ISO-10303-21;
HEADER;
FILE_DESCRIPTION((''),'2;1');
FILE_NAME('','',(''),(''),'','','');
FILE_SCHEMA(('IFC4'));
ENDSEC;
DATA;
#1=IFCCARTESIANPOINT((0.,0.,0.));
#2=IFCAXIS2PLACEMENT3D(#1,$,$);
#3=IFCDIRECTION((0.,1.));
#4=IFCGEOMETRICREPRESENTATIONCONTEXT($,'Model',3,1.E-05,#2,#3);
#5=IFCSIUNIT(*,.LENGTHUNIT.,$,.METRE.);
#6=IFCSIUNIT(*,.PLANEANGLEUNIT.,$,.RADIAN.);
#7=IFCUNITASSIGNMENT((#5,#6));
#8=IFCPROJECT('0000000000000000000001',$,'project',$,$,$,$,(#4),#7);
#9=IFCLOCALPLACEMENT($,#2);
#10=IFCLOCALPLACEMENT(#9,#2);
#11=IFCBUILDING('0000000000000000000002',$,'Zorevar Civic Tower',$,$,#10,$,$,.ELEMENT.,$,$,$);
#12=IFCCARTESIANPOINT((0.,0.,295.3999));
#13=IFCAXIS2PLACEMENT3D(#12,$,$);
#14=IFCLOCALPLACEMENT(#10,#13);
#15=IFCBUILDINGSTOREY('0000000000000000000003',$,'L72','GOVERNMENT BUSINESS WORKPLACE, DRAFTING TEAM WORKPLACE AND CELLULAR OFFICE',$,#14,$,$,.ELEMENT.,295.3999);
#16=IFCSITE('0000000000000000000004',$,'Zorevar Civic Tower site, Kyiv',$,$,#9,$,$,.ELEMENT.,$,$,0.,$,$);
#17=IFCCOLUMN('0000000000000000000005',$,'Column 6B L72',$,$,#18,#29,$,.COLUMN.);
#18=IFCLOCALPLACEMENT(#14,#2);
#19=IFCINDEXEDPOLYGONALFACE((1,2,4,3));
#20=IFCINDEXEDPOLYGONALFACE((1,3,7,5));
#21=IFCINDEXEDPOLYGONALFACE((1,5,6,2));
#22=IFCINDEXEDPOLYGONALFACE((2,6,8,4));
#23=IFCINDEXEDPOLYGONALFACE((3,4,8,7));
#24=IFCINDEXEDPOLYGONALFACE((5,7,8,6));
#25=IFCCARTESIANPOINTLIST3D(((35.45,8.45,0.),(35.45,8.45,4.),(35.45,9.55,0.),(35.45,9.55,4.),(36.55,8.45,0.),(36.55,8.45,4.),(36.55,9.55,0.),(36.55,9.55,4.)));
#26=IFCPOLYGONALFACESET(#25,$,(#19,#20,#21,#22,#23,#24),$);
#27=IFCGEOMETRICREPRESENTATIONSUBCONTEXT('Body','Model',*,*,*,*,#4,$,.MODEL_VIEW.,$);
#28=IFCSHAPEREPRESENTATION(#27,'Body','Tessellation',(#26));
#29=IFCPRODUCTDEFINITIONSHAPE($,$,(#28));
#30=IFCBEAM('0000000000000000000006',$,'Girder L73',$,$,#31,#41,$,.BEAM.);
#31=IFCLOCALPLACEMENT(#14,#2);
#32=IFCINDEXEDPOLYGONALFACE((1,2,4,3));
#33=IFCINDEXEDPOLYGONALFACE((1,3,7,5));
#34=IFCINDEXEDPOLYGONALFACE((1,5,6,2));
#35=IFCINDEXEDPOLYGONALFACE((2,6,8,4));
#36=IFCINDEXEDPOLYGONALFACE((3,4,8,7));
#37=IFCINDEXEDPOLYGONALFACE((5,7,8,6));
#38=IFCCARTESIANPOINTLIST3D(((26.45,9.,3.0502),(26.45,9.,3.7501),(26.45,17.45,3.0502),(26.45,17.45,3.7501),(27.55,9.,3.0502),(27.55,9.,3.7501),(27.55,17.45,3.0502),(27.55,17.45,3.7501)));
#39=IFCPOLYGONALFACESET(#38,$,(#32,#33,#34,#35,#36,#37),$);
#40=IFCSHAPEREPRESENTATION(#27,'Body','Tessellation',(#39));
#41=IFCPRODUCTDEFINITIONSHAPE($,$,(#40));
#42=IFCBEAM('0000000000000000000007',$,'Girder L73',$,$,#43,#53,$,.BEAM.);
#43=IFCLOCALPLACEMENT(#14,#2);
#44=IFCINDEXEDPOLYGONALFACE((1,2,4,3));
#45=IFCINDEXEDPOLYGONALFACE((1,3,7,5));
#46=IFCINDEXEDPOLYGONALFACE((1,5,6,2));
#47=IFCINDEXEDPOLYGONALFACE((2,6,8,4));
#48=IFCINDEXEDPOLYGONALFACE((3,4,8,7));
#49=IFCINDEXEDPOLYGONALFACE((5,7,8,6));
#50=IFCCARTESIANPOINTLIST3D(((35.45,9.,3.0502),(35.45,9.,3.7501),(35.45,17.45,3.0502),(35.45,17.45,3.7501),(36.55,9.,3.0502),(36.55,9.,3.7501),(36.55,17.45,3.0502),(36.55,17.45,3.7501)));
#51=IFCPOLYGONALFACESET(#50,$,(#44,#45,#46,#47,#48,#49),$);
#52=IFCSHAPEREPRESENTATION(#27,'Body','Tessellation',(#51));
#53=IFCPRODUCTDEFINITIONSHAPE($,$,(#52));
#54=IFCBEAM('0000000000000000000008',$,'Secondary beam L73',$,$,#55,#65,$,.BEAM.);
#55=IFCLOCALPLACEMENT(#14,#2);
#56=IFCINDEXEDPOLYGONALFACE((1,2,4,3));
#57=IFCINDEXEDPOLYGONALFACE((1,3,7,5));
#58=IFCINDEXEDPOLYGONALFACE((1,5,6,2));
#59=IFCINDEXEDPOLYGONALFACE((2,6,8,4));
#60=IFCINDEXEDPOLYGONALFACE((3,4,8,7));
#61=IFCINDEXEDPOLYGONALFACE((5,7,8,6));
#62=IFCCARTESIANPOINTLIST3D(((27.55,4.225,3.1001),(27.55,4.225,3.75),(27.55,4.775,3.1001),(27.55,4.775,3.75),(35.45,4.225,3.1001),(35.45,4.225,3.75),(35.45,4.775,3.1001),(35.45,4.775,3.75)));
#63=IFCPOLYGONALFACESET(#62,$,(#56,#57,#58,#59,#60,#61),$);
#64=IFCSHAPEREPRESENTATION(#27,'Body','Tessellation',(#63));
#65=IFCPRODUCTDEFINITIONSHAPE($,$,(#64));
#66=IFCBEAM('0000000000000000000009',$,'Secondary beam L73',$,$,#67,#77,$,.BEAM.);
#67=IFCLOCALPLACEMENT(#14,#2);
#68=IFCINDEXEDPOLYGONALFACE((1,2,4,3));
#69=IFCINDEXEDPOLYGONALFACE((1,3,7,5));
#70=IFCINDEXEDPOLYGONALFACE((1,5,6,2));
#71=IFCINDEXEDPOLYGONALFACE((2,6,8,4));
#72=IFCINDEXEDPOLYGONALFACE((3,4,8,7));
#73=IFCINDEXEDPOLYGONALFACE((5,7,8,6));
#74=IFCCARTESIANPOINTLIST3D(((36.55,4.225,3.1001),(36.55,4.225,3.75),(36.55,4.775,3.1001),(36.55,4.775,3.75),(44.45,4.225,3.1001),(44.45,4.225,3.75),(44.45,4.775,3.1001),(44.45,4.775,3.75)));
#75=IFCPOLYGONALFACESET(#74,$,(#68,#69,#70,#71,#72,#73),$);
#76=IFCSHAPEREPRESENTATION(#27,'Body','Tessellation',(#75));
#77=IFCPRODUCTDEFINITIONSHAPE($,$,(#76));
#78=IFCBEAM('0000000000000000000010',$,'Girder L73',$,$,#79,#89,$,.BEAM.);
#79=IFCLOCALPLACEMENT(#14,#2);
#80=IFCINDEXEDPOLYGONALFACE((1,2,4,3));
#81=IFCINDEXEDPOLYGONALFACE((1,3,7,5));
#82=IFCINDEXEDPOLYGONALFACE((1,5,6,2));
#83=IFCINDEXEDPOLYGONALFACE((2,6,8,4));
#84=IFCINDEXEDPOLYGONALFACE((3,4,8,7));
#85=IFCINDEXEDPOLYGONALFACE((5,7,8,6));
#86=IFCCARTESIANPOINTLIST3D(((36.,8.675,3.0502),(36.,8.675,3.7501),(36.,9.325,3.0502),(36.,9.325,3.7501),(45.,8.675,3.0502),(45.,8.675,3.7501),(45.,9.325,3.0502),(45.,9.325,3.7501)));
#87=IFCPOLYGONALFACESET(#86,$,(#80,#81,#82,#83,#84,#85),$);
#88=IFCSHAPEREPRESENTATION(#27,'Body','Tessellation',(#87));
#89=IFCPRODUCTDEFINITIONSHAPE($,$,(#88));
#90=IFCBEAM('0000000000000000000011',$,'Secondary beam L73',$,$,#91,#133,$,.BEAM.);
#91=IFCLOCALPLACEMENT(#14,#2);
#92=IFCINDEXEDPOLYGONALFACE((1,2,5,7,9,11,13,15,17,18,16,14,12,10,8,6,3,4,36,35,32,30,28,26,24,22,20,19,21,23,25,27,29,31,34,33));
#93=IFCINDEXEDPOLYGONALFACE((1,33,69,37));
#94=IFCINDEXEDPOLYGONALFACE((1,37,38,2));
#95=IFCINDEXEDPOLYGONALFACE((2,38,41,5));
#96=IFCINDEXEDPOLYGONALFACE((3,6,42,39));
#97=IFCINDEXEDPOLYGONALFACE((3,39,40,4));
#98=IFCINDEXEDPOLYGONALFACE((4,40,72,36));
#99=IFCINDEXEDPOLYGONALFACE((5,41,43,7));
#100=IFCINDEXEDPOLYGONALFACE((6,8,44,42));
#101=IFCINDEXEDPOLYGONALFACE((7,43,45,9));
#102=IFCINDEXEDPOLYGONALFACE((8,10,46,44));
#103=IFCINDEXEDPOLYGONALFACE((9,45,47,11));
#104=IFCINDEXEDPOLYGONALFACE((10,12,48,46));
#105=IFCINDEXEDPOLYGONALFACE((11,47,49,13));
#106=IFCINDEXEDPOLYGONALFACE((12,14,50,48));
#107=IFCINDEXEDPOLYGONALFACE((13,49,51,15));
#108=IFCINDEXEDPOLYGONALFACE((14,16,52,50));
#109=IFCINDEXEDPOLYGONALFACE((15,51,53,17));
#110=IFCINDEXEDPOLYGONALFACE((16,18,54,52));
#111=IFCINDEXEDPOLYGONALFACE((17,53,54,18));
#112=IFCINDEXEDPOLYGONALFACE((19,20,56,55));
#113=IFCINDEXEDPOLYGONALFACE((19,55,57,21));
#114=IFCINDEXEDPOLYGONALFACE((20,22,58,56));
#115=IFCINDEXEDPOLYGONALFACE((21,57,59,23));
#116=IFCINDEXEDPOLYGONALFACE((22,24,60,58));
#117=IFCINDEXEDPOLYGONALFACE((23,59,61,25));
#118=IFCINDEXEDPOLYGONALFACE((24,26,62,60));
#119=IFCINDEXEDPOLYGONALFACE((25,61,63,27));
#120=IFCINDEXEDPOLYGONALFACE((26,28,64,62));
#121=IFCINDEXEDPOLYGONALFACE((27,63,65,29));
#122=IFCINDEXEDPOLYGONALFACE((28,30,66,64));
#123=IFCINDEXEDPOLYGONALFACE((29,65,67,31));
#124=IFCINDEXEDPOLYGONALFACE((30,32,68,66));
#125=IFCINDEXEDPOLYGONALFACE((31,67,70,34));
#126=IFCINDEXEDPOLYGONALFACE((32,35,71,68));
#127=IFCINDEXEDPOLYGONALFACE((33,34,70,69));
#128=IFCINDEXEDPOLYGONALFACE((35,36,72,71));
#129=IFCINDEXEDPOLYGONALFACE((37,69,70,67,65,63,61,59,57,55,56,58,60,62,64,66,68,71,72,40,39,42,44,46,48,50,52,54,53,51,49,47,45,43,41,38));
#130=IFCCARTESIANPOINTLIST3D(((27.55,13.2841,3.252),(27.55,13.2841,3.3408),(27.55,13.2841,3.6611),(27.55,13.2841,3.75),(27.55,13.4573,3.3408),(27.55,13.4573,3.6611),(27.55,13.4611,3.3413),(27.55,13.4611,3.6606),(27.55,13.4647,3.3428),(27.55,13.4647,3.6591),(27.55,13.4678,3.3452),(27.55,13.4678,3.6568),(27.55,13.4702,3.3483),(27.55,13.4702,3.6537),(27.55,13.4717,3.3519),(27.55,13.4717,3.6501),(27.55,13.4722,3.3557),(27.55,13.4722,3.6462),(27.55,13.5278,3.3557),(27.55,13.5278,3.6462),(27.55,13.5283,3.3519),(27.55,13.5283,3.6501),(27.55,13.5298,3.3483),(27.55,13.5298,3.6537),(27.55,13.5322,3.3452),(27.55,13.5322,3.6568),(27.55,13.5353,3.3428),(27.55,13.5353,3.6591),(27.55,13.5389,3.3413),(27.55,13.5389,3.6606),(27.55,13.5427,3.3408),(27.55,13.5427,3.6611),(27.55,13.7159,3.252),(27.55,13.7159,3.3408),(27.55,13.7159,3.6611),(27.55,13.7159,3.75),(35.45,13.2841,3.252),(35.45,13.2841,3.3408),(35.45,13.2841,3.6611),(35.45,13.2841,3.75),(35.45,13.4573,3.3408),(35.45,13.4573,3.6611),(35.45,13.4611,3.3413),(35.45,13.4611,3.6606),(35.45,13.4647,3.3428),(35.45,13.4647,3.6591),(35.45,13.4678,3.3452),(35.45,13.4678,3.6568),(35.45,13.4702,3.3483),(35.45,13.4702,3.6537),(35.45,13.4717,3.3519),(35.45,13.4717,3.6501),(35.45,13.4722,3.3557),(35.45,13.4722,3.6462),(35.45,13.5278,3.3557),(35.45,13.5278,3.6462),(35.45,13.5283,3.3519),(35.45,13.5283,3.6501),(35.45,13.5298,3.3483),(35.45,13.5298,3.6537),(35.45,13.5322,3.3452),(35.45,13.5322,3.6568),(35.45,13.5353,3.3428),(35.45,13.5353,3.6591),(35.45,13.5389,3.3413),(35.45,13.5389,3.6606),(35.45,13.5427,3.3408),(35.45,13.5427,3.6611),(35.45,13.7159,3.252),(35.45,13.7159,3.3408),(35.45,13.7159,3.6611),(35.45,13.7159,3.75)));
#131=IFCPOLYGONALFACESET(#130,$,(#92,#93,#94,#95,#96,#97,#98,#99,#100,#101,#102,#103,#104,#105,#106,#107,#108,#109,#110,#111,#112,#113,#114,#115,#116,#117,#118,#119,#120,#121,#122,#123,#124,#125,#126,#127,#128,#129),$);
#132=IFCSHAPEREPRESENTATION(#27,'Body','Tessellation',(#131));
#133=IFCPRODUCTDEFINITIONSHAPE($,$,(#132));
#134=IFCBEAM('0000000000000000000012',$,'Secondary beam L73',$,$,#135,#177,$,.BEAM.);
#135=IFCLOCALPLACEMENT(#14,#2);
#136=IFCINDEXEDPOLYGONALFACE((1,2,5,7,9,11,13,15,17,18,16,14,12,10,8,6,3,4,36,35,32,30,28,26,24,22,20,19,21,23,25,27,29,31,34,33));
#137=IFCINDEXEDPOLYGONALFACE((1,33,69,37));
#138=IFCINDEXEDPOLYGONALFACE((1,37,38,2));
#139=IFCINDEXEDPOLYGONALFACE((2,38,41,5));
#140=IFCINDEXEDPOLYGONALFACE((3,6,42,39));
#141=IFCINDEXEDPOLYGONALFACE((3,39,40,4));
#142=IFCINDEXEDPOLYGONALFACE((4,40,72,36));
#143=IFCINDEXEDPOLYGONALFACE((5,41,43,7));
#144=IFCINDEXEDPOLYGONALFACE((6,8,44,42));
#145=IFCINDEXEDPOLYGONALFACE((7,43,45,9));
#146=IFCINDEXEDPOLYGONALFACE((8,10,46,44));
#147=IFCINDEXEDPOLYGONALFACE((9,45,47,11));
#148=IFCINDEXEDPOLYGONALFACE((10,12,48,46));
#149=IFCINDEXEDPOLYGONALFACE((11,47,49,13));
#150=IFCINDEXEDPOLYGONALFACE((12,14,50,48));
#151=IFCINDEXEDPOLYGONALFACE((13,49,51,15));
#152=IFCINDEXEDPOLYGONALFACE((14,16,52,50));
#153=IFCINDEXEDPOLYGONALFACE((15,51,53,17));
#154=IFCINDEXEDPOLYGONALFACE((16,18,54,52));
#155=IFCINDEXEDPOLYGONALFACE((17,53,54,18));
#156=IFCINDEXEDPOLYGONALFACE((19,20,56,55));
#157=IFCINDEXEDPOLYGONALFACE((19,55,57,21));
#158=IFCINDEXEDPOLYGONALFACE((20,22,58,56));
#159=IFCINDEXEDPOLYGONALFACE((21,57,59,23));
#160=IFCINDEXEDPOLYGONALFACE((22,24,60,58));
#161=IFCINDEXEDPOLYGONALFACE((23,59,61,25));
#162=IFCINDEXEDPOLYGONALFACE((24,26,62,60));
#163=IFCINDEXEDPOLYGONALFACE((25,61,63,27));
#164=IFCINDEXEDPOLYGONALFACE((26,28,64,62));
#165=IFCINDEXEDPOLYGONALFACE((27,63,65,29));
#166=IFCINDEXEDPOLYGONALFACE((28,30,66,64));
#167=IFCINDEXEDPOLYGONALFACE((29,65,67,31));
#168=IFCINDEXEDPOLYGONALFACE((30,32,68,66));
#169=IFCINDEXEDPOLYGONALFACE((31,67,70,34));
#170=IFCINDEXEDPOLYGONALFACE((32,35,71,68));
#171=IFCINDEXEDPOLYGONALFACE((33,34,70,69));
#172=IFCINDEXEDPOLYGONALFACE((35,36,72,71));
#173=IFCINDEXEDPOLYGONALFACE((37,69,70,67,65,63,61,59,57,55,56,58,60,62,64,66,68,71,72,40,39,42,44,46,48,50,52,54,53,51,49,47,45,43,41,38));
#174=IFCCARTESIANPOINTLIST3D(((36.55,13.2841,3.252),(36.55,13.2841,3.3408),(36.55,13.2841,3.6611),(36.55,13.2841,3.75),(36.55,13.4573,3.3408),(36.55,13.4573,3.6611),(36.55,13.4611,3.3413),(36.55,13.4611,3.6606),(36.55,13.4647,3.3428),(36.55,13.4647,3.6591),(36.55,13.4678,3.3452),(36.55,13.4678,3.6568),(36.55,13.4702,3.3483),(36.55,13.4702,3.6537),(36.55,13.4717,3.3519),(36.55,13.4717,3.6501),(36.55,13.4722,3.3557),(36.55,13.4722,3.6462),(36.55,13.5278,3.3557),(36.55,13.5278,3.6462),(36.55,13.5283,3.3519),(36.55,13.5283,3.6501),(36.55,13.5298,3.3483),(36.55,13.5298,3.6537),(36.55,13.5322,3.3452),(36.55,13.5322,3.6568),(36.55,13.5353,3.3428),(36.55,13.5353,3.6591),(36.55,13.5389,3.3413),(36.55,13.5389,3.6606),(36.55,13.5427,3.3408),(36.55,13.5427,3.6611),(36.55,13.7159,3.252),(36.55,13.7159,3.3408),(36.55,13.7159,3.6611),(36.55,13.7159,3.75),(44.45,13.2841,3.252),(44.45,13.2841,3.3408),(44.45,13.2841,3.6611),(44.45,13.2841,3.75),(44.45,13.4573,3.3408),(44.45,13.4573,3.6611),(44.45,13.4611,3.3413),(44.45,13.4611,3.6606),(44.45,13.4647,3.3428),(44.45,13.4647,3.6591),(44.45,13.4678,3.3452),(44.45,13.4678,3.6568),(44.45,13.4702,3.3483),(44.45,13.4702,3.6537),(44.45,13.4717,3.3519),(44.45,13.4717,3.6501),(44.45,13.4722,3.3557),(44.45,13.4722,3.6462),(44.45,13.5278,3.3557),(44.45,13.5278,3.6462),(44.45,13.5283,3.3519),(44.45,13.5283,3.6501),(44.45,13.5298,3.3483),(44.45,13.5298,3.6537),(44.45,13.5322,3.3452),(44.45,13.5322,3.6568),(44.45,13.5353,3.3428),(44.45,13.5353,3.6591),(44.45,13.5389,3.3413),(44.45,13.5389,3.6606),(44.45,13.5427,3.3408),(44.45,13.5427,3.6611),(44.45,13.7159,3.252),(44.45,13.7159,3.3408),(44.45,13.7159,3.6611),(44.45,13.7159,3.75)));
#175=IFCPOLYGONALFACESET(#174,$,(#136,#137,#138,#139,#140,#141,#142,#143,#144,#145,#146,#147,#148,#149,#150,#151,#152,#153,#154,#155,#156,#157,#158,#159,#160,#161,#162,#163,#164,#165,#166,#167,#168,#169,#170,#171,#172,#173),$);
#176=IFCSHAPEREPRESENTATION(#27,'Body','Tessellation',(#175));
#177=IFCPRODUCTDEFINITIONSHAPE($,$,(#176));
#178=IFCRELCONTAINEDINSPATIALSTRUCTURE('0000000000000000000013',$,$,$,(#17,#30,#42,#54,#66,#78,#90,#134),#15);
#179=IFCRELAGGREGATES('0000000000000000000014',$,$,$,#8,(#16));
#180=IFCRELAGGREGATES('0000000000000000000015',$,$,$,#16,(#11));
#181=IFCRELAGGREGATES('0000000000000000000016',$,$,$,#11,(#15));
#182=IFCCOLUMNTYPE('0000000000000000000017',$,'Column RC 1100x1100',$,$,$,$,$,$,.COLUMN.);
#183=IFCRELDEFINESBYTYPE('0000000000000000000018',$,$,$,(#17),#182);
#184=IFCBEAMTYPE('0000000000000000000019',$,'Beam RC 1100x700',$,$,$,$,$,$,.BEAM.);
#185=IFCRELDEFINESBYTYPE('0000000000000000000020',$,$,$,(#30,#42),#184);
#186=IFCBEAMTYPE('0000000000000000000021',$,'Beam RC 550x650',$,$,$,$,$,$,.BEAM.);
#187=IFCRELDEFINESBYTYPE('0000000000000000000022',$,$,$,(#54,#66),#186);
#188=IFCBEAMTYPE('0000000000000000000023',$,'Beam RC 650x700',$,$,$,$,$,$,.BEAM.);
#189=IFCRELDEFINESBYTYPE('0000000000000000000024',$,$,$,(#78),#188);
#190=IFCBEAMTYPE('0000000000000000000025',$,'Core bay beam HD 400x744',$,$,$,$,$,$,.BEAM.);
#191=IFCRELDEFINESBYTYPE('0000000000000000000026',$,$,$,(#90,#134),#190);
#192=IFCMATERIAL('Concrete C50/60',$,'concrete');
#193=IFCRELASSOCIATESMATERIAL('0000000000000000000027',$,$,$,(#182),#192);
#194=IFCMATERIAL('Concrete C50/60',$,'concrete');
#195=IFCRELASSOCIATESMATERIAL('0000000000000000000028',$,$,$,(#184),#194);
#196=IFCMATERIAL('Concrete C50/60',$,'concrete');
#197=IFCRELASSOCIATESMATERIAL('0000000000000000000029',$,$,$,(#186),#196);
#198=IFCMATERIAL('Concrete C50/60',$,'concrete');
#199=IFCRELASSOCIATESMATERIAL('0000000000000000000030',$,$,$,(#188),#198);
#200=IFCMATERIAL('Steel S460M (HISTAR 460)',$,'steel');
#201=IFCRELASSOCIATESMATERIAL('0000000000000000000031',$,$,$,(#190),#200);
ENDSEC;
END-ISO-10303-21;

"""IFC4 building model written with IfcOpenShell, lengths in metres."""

from ifc_helpers import new_model, si_unit, direction, frame, origin, origin_2d, place, context, subcontext, project, spatial, rectangle, i_section, extrude, material, material_profile, profile_set, type_object, element, save


model = new_model("IFC4")

# Units and contexts
model_context = context("Model", 3, precision=1e-05, world=origin(), true_north=direction((0.0, 1.0)))
body_context = subcontext(model_context, "Body", "Model", "MODEL_VIEW")
ifc_project = project(units=[si_unit("LENGTHUNIT", "METRE"), si_unit("PLANEANGLEUNIT", "RADIAN")], contexts=[model_context])

# Site, building, storey
site_placement = place(None, origin())
site = spatial("IfcSite", under=ifc_project, at=site_placement, Name="Zorevar Civic Tower site, Kyiv", CompositionType="ELEMENT", RefElevation=0.0)
building_placement = place(site_placement, origin())
building = spatial("IfcBuilding", under=site, at=building_placement, Name="Zorevar Civic Tower", CompositionType="ELEMENT")
storey_placement = place(building_placement, frame((0.0, 0.0, 295.3999)))
storey = spatial("IfcBuildingStorey", under=building, at=storey_placement, Name="L72", Description="GOVERNMENT BUSINESS WORKPLACE, DRAFTING TEAM WORKPLACE AND CELLULAR OFFICE", CompositionType="ELEMENT", Elevation=295.3999)

# Column
ifc_material_1 = material(Name="Concrete C50/60", Category="concrete")
ifc_material_profile_1 = material_profile(ifc_material_1, rectangle(XDim=1.1001, YDim=1.1001, at=origin_2d()), Name="RC 1100x1100")
ifc_profile_set_1 = profile_set([ifc_material_profile_1], Name="Concrete C50/60")
column_type = type_object("IfcColumnType", Name="Column RC 1100x1100", PredefinedType="COLUMN", material=ifc_profile_set_1)
column_placement = place(storey_placement, frame((36.0, 9.0, 0.0), z_axis=(0.0, 0.0, 1.0), x_axis=(1.0, 0.0, 0.0)))
element("IfcColumn", 1, at=column_placement, inside=storey, type_object=column_type, Name="Column 6B L72", PredefinedType="COLUMN", context=body_context, shape_type="SweptSolid", body=[
    extrude(rectangle(XDim=1.1001, YDim=1.1001, at=origin_2d()), origin(), (0.0, 0.0, 1.0), 4.0),
])

# Beams
ifc_material_2 = material(Name="Concrete C50/60", Category="concrete")
ifc_material_profile_2 = material_profile(ifc_material_2, rectangle(XDim=1.1001, YDim=0.7, at=origin_2d()), Name="RC 1100x700")
ifc_profile_set_2 = profile_set([ifc_material_profile_2], Name="Concrete C50/60")
beam_type_1 = type_object("IfcBeamType", Name="Beam RC 1100x700", PredefinedType="BEAM", material=ifc_profile_set_2)
for number, where, z_axis, x_axis, name in (
    (2, (27.0, 9.0, 3.4001), (0.0, 1.0, 0.0), (-1.0, 0.0, 0.0), "Girder L73"),
    (3, (36.0, 9.0, 3.4001), (0.0, 1.0, 0.0), (-1.0, 0.0, 0.0), "Girder L73"),
):
    element("IfcBeam", number, at=place(storey_placement, frame(where, z_axis=z_axis, x_axis=x_axis)), inside=storey, type_object=beam_type_1, Name=name, PredefinedType="BEAM", context=body_context, shape_type="SweptSolid", body=[
        extrude(rectangle(XDim=1.1001, YDim=0.7, at=origin_2d()), origin(), (0.0, 0.0, 1.0), 8.45),
    ])
ifc_material_3 = material(Name="Concrete C50/60", Category="concrete")
ifc_material_profile_3 = material_profile(ifc_material_3, rectangle(XDim=0.55, YDim=0.6499, at=origin_2d()), Name="RC 550x650")
ifc_profile_set_3 = profile_set([ifc_material_profile_3], Name="Concrete C50/60")
beam_type_2 = type_object("IfcBeamType", Name="Beam RC 550x650", PredefinedType="BEAM", material=ifc_profile_set_3)
for number, where, z_axis, x_axis, name in (
    (4, (27.55, 4.5, 3.425), (1.0, 0.0, 0.0), (0.0, 1.0, 0.0), "Secondary beam L73"),
    (5, (36.55, 4.5, 3.425), (1.0, 0.0, 0.0), (0.0, 1.0, 0.0), "Secondary beam L73"),
):
    element("IfcBeam", number, at=place(storey_placement, frame(where, z_axis=z_axis, x_axis=x_axis)), inside=storey, type_object=beam_type_2, Name=name, PredefinedType="BEAM", context=body_context, shape_type="SweptSolid", body=[
        extrude(rectangle(XDim=0.55, YDim=0.6499, at=origin_2d()), origin(), (0.0, 0.0, 1.0), 7.8999),
    ])
ifc_material_4 = material(Name="Concrete C50/60", Category="concrete")
ifc_material_profile_4 = material_profile(ifc_material_4, rectangle(XDim=0.6499, YDim=0.7, at=origin_2d()), Name="RC 650x700")
ifc_profile_set_4 = profile_set([ifc_material_profile_4], Name="Concrete C50/60")
beam_type_3 = type_object("IfcBeamType", Name="Beam RC 650x700", PredefinedType="BEAM", material=ifc_profile_set_4)
beam_placement = place(storey_placement, frame((36.0, 9.0, 3.4001), z_axis=(1.0, 0.0, 0.0), x_axis=(0.0, 1.0, 0.0)))
element("IfcBeam", 6, at=beam_placement, inside=storey, type_object=beam_type_3, Name="Girder L73", PredefinedType="BEAM", context=body_context, shape_type="SweptSolid", body=[
    extrude(rectangle(XDim=0.6499, YDim=0.7, at=origin_2d()), origin(), (0.0, 0.0, 1.0), 9.0),
])
ifc_material_5 = material(Name="Steel S460M (HISTAR 460)", Category="steel")
ifc_material_profile_5 = material_profile(ifc_material_5, i_section(OverallWidth=0.4319, OverallDepth=0.498, WebThickness=0.0557, FlangeThickness=0.0889, FilletRadius=0.0149, at=origin_2d()), Name="HD 400x744")
ifc_profile_set_5 = profile_set([ifc_material_profile_5], Name="Steel S460M (HISTAR 460)")
beam_type_4 = type_object("IfcBeamType", Name="Core bay beam HD 400x744", PredefinedType="BEAM", material=ifc_profile_set_5)
for number, where, z_axis, x_axis, name in (
    (7, (27.55, 13.5, 3.501), (1.0, 0.0, 0.0), (0.0, 1.0, 0.0), "Secondary beam L73"),
    (8, (36.55, 13.5, 3.501), (1.0, 0.0, 0.0), (0.0, 1.0, 0.0), "Secondary beam L73"),
):
    element("IfcBeam", number, at=place(storey_placement, frame(where, z_axis=z_axis, x_axis=x_axis)), inside=storey, type_object=beam_type_4, Name=name, PredefinedType="BEAM", context=body_context, shape_type="SweptSolid", body=[
        extrude(i_section(OverallWidth=0.4319, OverallDepth=0.498, WebThickness=0.0557, FlangeThickness=0.0889, FilletRadius=0.0149, at=origin_2d()), origin(), (0.0, 0.0, 1.0), 7.8999),
    ])

save(model, "model.ifc")
